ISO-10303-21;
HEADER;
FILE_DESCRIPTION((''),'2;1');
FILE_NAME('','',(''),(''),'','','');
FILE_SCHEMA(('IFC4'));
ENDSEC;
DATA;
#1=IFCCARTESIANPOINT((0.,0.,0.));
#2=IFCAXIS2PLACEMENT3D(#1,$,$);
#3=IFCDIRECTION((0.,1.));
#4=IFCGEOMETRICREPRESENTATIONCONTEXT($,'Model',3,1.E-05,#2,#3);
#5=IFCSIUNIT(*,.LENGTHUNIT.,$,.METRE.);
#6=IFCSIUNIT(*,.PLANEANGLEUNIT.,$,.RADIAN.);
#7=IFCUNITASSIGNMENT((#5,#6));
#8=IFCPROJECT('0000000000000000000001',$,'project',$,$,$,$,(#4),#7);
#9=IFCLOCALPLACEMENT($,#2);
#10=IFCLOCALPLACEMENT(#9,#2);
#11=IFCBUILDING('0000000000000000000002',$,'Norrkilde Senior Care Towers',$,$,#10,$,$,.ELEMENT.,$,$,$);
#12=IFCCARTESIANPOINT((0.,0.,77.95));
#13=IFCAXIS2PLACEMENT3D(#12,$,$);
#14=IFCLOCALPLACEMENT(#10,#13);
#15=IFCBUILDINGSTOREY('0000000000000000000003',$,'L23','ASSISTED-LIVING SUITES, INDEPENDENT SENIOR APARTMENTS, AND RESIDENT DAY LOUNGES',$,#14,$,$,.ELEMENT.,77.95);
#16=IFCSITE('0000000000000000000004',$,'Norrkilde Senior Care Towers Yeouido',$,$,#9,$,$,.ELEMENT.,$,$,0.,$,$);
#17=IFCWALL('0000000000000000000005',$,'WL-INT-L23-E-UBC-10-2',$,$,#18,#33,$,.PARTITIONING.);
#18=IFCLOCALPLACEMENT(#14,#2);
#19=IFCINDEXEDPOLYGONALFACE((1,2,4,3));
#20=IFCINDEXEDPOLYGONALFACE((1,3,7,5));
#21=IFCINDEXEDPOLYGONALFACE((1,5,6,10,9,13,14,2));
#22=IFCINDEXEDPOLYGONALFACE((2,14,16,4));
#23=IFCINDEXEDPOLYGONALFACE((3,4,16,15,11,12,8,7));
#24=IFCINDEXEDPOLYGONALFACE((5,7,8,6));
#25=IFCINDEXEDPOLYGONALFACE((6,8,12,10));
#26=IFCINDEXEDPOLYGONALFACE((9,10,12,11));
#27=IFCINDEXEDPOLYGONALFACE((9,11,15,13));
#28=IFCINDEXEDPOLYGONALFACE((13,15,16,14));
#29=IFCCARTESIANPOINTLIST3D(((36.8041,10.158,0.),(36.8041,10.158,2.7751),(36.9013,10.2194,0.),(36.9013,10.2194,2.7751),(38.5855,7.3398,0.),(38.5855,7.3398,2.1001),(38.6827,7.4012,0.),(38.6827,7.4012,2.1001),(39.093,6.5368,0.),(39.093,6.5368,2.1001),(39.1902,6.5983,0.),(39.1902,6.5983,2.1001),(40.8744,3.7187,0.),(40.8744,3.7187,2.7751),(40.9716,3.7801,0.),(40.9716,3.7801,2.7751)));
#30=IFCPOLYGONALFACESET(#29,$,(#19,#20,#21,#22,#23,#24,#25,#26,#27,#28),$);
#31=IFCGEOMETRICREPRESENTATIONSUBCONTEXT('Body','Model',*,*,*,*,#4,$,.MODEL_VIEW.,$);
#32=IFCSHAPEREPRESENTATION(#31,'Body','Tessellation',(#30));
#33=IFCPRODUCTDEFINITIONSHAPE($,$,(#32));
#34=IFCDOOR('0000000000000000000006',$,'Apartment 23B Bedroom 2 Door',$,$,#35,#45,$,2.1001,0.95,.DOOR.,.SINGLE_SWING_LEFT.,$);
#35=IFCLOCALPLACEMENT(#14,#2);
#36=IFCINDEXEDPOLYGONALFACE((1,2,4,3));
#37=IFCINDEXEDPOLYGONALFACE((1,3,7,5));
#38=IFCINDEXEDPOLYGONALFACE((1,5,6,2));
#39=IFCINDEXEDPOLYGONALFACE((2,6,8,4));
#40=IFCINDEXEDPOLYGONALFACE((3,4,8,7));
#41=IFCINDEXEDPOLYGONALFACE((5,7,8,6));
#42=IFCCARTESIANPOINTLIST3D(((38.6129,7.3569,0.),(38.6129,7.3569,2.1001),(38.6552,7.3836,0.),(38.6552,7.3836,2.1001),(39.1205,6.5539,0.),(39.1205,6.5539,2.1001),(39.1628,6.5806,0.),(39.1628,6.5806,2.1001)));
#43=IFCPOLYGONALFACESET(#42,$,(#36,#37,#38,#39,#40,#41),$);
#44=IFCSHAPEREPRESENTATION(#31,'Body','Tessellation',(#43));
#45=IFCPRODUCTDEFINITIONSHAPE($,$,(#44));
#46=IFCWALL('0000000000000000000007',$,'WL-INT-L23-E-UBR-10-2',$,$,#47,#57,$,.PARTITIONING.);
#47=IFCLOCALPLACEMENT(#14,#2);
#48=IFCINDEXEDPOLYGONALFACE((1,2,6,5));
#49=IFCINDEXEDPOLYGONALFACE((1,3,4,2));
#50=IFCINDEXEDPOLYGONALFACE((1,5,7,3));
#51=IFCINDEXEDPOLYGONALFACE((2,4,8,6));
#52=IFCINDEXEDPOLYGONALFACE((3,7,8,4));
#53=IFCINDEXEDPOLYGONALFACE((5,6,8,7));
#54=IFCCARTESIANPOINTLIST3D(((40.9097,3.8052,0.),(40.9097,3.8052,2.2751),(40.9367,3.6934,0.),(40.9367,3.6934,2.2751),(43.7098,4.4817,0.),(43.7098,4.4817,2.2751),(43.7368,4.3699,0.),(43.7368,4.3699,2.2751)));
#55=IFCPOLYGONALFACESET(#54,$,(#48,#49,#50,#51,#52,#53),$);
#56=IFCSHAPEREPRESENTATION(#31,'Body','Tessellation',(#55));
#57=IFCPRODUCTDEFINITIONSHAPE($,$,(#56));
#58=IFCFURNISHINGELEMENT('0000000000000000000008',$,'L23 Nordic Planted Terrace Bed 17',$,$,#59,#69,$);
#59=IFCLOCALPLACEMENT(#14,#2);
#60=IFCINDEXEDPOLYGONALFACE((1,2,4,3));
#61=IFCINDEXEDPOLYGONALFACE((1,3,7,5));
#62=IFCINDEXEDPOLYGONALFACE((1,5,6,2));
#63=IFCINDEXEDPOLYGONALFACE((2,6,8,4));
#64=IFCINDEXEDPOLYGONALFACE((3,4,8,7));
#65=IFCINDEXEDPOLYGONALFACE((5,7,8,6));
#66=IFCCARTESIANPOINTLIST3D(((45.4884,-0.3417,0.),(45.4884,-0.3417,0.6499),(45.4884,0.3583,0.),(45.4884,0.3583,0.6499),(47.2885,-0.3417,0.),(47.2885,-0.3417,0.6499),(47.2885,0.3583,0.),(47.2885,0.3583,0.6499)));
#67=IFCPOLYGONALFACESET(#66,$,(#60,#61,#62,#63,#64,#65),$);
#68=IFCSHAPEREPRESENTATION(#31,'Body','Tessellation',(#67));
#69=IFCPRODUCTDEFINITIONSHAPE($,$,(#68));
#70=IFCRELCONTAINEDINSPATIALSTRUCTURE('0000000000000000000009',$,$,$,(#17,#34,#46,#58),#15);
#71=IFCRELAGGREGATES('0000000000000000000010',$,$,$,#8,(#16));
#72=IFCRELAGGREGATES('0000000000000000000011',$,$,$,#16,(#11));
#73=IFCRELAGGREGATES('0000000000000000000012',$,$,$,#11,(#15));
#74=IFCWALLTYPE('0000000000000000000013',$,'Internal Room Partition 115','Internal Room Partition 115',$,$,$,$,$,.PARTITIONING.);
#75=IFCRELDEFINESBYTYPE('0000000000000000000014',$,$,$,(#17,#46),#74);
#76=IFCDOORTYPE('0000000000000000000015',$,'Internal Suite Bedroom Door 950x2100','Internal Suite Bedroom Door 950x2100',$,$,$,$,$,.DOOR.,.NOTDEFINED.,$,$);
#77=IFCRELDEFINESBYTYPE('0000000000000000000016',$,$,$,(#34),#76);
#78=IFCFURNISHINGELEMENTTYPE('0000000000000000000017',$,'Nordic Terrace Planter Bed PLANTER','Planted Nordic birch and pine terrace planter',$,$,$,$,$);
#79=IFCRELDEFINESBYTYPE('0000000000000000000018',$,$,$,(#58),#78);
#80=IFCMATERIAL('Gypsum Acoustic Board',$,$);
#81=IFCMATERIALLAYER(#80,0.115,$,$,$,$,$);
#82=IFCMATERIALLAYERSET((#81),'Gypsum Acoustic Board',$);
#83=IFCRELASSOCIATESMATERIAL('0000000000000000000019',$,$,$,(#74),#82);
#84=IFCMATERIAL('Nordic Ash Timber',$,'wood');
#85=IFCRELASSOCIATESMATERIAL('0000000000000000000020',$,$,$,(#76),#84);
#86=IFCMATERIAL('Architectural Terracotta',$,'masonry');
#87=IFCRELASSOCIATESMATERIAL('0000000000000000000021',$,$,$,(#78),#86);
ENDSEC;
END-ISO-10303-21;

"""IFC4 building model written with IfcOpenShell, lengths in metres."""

from ifc_helpers import new_model, si_unit, direction, frame, frame_2d, origin, origin_2d, place, context, subcontext, project, spatial, rectangle, extrude, source, transform, mapped, material, layer, layer_set, type_object, type_shapes, element, fill, save


model = new_model("IFC4")

# Units and contexts
model_context = context("Model", 3, precision=1e-05, world=origin(), true_north=direction((0.0, 1.0)))
body_context = subcontext(model_context, "Body", "Model", "MODEL_VIEW")
ifc_project = project(units=[si_unit("LENGTHUNIT", "METRE"), si_unit("PLANEANGLEUNIT", "RADIAN")], contexts=[model_context])

# Site, building, storey
site_placement = place(None, origin())
site = spatial("IfcSite", under=ifc_project, at=site_placement, Name="Norrkilde Senior Care Towers Yeouido", CompositionType="ELEMENT", RefElevation=0.0)
building_placement = place(site_placement, origin())
building = spatial("IfcBuilding", under=site, at=building_placement, Name="Norrkilde Senior Care Towers", CompositionType="ELEMENT")
storey_placement = place(building_placement, frame((0.0, 0.0, 77.95)))
storey = spatial("IfcBuildingStorey", under=building, at=storey_placement, Name="L23", Description="ASSISTED-LIVING SUITES, INDEPENDENT SENIOR APARTMENTS, AND RESIDENT DAY LOUNGES", CompositionType="ELEMENT", Elevation=77.95)

# Wall, opening, door
ifc_material_1 = material(Name="Gypsum Acoustic Board")
ifc_layer_1 = layer(ifc_material_1, 0.115)
ifc_layer_set_1 = layer_set([ifc_layer_1], Name="Gypsum Acoustic Board")
wall_type_1 = type_object("IfcWallType", Name="Internal Room Partition 115", Description="Internal Room Partition 115", PredefinedType="PARTITIONING", material=ifc_layer_set_1)
shared_shape_1 = source(origin(), body_context, "Body", "SweptSolid", [
    extrude(rectangle(XDim=7.6179, YDim=0.115, at=frame_2d((3.8091, 0.0))), origin(), (0.0, 0.0, 1.0), 2.7751),
])
wall_1_placement = place(storey_placement, frame((40.9231, 3.7493, 0.0), z_axis=(0.0, 0.0, 1.0), x_axis=(-0.534316, 0.845285, 0.0)))
wall_1 = element("IfcWall", 1, at=wall_1_placement, inside=storey, type_object=wall_type_1, Name="WL-INT-L23-E-UBC-10-2", PredefinedType="PARTITIONING", context=body_context, shape_type="MappedRepresentation", body=[
    mapped(shared_shape_1, transform((0.0, 0.0, 0.0), x_axis=(1.0, 0.0, 0.0), y_axis=(0.0, 1.0, 0.0), z_axis=(0.0, 0.0, 1.0), scale=1.0)),
])
opening_1_placement = place(wall_1_placement, frame((3.334, 0.0, 0.0)))
opening_1 = element("IfcOpeningElement", 2, at=opening_1_placement, cuts=wall_1, PredefinedType="OPENING", context=body_context, shape_type="SweptSolid", body=[
    extrude(rectangle(XDim=0.95, YDim=2.1001, at=frame_2d((0.4751, 1.05))), frame((0.0, 0.0674, 0.0), z_axis=(0.0, -1.0, 0.0), x_axis=(1.0, 0.0, 0.0)), (0.0, 0.0, 1.0), 0.135),
])
ifc_material_2 = material(Name="Nordic Ash Timber", Category="wood")
door_type_1 = type_object("IfcDoorType", Name="Internal Suite Bedroom Door 950x2100", Description="Internal Suite Bedroom Door 950x2100", OperationType="NOTDEFINED", PredefinedType="DOOR", material=ifc_material_2)
shared_shape_2 = source(origin(), body_context, "Body", "SweptSolid", [
    extrude(rectangle(XDim=0.95, YDim=2.1001, at=frame_2d((0.4751, 1.05))), frame((0.0, 0.0249, 0.0), z_axis=(0.0, -1.0, 0.0), x_axis=(1.0, 0.0, 0.0)), (0.0, 0.0, 1.0), 0.05),
])
type_shapes(door_type_1, [shared_shape_2])
door_1_placement = place(opening_1_placement, frame((0.95, 0.0, 0.0), z_axis=(0.0, 0.0, 1.0), x_axis=(-1.0, 0.0, 0.0)))
door_1 = element("IfcDoor", 3, at=door_1_placement, inside=storey, type_object=door_type_1, Name="Apartment 23B Bedroom 2 Door", OperationType="SINGLE_SWING_LEFT", OverallHeight=2.1001, OverallWidth=0.95, PredefinedType="DOOR", context=body_context, shape_type="MappedRepresentation", body=[
    mapped(shared_shape_2, transform((0.0, 0.0, 0.0), x_axis=(1.0, 0.0, 0.0), y_axis=(0.0, 1.0, 0.0), z_axis=(0.0, 0.0, 1.0), scale=1.0)),
])
fill(opening_1, door_1)

# Wall
shared_shape_3 = source(origin(), body_context, "Body", "SweptSolid", [
    extrude(rectangle(XDim=2.8806, YDim=0.115, at=frame_2d((1.4404, 0.0))), origin(), (0.0, 0.0, 1.0), 2.2751),
])
type_shapes(wall_type_1, [shared_shape_1, shared_shape_3])
wall_2_placement = place(storey_placement, frame((40.9231, 3.7493, 0.0), z_axis=(0.0, 0.0, 1.0), x_axis=(0.972032, 0.23485, 0.0)))
element("IfcWall", 4, at=wall_2_placement, inside=storey, type_object=wall_type_1, Name="WL-INT-L23-E-UBR-10-2", PredefinedType="PARTITIONING", context=body_context, shape_type="MappedRepresentation", body=[
    mapped(shared_shape_3, transform((0.0, 0.0, 0.0), x_axis=(1.0, 0.0, 0.0), y_axis=(0.0, 1.0, 0.0), z_axis=(0.0, 0.0, 1.0), scale=1.0)),
])

# Furnishing element
ifc_material_3 = material(Name="Architectural Terracotta", Category="masonry")
furnishing_element_type = type_object("IfcFurnishingElementType", Name="Nordic Terrace Planter Bed PLANTER", Description="Planted Nordic birch and pine terrace planter", material=ifc_material_3)
shared_shape_4 = source(origin(), body_context, "Body", "SweptSolid", [
    extrude(rectangle(XDim=1.8, YDim=0.7, at=origin_2d()), origin(), (0.0, 0.0, 1.0), 0.6499),
])
type_shapes(furnishing_element_type, [shared_shape_4])
furnishing_placement = place(storey_placement, frame((46.3884, 0.0083, 0.0), z_axis=(0.0, 0.0, 1.0), x_axis=(1.0, 0.0, 0.0)))
element("IfcFurnishingElement", 5, at=furnishing_placement, inside=storey, type_object=furnishing_element_type, Name="L23 Nordic Planted Terrace Bed 17", context=body_context, shape_type="MappedRepresentation", body=[
    mapped(shared_shape_4, transform((0.0, 0.0, 0.0), x_axis=(1.0, 0.0, 0.0), y_axis=(0.0, 1.0, 0.0), z_axis=(0.0, 0.0, 1.0), scale=1.0)),
])

save(model, "model.ifc")
